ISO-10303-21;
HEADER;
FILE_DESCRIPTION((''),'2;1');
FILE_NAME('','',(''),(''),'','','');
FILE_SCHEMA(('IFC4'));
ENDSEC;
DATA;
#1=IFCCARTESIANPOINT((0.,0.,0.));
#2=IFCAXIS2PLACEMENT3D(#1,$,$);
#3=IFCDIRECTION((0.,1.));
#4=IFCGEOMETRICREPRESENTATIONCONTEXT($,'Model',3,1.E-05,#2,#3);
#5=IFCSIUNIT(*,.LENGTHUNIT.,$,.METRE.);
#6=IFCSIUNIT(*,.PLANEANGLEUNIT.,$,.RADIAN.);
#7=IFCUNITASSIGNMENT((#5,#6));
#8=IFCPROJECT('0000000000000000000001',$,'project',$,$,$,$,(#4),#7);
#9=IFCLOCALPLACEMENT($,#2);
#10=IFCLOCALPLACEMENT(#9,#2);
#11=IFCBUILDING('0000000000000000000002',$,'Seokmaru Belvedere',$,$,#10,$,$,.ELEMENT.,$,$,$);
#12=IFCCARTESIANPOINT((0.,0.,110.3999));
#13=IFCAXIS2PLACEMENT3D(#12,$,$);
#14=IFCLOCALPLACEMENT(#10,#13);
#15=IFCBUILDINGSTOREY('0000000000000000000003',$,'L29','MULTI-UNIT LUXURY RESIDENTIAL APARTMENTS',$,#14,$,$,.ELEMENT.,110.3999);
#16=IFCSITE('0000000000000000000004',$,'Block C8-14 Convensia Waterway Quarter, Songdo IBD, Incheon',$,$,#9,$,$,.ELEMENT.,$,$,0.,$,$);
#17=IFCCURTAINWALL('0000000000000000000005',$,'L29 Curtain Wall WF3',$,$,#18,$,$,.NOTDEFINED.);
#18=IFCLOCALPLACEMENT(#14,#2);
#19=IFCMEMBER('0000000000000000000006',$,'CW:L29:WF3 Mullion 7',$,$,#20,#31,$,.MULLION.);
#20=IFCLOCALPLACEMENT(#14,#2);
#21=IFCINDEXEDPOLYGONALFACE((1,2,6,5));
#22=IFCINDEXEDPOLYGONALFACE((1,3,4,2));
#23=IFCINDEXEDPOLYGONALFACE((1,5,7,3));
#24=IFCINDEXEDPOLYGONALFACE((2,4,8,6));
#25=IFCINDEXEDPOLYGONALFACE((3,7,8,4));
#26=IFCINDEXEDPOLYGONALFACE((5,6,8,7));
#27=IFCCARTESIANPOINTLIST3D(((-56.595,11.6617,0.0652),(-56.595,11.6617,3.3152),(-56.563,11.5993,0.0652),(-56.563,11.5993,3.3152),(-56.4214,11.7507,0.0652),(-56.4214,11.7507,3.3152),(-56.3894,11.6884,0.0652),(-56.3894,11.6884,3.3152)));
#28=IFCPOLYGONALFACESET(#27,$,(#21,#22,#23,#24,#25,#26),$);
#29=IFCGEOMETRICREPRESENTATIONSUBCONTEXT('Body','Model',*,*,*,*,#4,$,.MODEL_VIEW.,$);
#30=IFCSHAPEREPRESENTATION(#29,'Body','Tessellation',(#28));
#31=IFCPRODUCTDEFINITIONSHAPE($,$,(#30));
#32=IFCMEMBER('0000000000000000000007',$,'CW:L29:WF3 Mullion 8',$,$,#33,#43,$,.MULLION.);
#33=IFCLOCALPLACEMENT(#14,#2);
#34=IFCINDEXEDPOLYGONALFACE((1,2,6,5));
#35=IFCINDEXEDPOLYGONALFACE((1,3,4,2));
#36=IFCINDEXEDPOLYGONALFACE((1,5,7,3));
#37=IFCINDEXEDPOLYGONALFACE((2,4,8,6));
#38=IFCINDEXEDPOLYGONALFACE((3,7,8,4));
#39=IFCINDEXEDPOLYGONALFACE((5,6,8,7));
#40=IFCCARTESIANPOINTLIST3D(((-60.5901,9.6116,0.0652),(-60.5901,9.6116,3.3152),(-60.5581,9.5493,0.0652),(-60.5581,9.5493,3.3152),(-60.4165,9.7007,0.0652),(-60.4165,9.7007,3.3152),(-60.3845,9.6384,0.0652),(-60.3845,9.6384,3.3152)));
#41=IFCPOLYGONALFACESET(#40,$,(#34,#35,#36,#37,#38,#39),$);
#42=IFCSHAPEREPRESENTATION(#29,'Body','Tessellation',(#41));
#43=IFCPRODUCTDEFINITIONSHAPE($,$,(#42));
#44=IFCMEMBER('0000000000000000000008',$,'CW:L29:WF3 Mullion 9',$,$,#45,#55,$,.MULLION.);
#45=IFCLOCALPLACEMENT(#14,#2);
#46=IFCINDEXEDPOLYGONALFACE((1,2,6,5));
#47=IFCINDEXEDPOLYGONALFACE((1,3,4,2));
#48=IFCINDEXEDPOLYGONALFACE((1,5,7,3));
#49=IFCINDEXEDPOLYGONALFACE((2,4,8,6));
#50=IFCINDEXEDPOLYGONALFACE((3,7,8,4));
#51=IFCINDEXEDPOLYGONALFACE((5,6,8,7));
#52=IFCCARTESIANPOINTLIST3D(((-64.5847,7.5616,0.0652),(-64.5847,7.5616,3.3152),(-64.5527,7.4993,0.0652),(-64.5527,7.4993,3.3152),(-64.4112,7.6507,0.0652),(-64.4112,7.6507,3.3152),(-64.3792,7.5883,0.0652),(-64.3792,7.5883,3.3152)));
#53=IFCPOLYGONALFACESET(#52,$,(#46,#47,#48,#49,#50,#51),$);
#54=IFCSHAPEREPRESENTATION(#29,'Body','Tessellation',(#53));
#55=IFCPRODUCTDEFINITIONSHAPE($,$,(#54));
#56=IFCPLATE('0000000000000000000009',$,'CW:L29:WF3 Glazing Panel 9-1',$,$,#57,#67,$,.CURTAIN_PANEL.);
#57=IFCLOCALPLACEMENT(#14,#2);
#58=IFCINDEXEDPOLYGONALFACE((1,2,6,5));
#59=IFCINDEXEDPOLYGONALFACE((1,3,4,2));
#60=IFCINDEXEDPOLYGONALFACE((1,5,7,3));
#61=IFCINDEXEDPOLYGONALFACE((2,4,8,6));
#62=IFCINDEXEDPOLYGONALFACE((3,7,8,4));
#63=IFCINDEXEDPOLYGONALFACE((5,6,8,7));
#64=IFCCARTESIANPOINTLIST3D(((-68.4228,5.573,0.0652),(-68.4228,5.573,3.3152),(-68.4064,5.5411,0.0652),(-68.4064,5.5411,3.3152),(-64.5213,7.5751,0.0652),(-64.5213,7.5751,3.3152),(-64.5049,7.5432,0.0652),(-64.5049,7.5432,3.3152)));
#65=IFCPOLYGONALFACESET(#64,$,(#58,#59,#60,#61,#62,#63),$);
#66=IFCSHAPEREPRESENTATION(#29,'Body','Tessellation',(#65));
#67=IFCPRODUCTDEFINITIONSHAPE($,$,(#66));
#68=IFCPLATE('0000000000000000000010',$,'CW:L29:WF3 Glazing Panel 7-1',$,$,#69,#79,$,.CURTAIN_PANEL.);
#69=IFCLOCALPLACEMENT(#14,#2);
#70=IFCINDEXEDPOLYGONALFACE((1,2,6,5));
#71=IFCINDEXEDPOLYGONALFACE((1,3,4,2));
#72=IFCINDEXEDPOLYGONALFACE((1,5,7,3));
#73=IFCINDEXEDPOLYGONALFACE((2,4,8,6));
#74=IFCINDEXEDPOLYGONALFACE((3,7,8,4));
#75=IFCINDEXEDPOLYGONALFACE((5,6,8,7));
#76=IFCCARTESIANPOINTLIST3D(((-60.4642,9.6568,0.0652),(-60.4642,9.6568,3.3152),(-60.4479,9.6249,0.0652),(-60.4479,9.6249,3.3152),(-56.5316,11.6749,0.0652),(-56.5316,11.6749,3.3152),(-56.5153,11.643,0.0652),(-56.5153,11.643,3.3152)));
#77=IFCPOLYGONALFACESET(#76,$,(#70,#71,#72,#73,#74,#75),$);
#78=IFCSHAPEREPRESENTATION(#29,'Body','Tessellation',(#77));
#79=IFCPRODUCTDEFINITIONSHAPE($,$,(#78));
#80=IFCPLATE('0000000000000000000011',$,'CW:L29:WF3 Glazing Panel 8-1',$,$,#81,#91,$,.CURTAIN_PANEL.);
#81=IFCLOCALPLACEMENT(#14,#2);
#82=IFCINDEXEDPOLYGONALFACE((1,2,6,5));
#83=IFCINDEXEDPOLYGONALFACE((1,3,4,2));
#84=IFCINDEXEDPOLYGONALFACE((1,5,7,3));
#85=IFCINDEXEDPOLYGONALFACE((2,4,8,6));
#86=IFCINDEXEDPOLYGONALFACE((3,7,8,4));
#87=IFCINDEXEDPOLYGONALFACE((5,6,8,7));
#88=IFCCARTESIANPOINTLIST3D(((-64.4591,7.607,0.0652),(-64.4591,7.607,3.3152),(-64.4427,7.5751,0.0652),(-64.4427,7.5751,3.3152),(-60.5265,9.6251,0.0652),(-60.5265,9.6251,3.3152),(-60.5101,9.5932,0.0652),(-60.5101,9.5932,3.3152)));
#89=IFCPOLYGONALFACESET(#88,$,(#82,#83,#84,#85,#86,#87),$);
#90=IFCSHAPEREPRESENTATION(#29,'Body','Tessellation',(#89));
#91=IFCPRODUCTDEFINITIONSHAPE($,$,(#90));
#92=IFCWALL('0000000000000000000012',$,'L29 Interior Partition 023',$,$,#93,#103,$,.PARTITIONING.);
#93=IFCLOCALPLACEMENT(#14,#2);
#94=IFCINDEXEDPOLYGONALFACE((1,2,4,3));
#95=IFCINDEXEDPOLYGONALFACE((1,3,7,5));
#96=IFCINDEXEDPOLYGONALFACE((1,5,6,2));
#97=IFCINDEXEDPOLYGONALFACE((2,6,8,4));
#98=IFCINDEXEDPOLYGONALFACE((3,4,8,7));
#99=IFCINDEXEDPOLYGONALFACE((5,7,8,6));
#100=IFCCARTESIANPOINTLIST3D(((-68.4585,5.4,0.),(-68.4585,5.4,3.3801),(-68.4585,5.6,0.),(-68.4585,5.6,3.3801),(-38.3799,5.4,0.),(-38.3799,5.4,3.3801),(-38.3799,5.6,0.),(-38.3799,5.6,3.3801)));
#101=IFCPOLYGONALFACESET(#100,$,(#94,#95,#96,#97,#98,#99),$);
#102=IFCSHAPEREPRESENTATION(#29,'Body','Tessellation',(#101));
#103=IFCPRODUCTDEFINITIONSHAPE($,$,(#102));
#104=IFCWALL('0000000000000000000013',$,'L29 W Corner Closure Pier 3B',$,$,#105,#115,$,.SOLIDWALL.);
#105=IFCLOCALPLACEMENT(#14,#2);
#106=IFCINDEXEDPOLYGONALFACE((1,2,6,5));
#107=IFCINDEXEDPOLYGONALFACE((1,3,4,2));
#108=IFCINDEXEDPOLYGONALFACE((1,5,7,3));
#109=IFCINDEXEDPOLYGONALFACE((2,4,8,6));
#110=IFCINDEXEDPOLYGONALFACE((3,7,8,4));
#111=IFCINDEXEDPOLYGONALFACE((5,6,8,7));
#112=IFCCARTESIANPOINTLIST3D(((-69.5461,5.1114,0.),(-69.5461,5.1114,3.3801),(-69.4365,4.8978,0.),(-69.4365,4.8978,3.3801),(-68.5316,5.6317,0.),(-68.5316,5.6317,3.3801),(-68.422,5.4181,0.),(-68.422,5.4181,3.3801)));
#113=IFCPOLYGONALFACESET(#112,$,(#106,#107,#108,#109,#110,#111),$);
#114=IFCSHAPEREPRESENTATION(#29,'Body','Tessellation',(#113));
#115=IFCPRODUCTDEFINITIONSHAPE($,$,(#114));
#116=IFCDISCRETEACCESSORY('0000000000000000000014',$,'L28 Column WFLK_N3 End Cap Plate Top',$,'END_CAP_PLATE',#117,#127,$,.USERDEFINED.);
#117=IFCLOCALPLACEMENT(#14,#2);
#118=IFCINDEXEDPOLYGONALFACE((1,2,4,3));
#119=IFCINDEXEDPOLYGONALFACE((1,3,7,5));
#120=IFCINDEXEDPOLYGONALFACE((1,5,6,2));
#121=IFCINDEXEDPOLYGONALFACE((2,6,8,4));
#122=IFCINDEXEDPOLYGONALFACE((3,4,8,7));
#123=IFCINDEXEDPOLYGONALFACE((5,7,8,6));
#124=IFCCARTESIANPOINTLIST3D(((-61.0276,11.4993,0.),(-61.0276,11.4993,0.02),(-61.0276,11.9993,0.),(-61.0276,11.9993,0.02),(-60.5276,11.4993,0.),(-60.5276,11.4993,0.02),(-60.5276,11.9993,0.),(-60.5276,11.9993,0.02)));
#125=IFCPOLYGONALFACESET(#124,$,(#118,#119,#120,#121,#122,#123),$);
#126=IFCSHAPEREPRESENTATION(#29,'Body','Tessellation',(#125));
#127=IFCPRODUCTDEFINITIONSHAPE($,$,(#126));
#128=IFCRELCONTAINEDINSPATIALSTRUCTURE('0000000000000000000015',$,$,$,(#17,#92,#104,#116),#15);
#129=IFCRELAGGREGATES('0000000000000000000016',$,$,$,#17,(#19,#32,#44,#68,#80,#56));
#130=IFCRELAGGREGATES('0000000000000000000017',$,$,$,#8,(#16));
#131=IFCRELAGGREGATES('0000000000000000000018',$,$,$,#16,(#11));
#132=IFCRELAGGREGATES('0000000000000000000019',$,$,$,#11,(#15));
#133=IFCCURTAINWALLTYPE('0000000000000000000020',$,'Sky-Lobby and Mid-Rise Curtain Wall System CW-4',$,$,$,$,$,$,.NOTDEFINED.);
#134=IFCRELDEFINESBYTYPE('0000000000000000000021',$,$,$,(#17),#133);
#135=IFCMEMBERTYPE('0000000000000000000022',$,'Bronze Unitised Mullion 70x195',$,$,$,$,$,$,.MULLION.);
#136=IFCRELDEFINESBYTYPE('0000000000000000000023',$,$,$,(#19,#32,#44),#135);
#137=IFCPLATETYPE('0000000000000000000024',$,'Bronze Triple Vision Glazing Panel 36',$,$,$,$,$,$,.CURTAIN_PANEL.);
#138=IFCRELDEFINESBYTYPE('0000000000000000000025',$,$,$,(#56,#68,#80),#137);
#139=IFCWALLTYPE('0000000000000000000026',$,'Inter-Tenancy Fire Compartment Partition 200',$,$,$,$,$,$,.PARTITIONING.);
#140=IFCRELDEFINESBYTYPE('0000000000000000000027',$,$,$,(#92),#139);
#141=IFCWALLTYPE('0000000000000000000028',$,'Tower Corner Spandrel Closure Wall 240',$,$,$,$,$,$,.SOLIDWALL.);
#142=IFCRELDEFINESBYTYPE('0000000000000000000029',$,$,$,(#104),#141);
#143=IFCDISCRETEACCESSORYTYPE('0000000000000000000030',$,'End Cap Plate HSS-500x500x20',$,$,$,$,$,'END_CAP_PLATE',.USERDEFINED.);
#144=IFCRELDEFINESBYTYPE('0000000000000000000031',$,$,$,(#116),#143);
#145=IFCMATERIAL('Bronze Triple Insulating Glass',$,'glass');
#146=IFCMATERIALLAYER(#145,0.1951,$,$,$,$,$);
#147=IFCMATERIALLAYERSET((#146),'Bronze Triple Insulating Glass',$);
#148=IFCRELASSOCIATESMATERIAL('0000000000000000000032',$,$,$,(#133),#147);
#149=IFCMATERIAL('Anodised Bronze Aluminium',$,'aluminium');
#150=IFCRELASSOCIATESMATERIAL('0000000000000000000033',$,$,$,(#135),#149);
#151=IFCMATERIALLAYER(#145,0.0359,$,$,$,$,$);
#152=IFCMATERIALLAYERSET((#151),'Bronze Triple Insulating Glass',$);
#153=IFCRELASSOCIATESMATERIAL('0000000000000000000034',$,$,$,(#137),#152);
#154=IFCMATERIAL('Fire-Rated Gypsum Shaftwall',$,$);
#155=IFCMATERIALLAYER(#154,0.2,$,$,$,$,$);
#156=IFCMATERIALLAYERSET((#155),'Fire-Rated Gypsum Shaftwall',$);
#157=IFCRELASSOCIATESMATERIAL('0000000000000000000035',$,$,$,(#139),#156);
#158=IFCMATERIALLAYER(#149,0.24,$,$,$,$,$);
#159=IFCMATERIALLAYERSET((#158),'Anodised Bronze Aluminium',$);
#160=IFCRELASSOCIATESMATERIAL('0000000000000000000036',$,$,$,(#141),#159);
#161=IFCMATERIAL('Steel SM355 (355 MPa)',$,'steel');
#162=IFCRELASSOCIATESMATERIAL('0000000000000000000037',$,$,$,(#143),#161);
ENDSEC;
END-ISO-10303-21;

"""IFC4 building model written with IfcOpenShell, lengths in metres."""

from ifc_helpers import new_model, si_unit, direction, frame, frame_2d, origin, origin_2d, place, context, subcontext, project, spatial, rectangle, extrude, source, transform, mapped, material, layer, layer_set, material_profile, profile_set, type_object, type_shapes, element, aggregate, save


model = new_model("IFC4")

# Units and contexts
model_context = context("Model", 3, precision=1e-05, world=origin(), true_north=direction((0.0, 1.0)))
body_context = subcontext(model_context, "Body", "Model", "MODEL_VIEW")
ifc_project = project(units=[si_unit("LENGTHUNIT", "METRE"), si_unit("PLANEANGLEUNIT", "RADIAN")], contexts=[model_context])

# Site, building, storey
site_placement = place(None, origin())
site = spatial("IfcSite", under=ifc_project, at=site_placement, Name="Block C8-14 Convensia Waterway Quarter, Songdo IBD, Incheon", CompositionType="ELEMENT", RefElevation=0.0)
building_placement = place(site_placement, origin())
building = spatial("IfcBuilding", under=site, at=building_placement, Name="Seokmaru Belvedere", CompositionType="ELEMENT")
storey_placement = place(building_placement, frame((0.0, 0.0, 110.3999)))
storey = spatial("IfcBuildingStorey", under=building, at=storey_placement, Name="L29", Description="MULTI-UNIT LUXURY RESIDENTIAL APARTMENTS", CompositionType="ELEMENT", Elevation=110.3999)

# Shared definitions
ifc_material_1 = material(Name="Steel SM355 (355 MPa)", Category="steel")

# Curtain wall, members, plates
ifc_material_2 = material(Name="Bronze Triple Insulating Glass", Category="glass")
ifc_layer_1 = layer(ifc_material_2, 0.1951)
ifc_layer_set_1 = layer_set([ifc_layer_1], Name="Bronze Triple Insulating Glass")
curtain_wall_type = type_object("IfcCurtainWallType", Name="Sky-Lobby and Mid-Rise Curtain Wall System CW-4", PredefinedType="NOTDEFINED", material=ifc_layer_set_1)
curtain_wall_placement = place(storey_placement, origin())
curtain_wall = element("IfcCurtainWall", 1, at=curtain_wall_placement, inside=storey, type_object=curtain_wall_type, Name="L29 Curtain Wall WF3", PredefinedType="NOTDEFINED")
ifc_material_3 = material(Name="Anodised Bronze Aluminium", Category="aluminium")
ifc_material_profile_1 = material_profile(ifc_material_3, rectangle(XDim=0.0701, YDim=0.1951, at=origin_2d()), Name="CW-M-70x195")
ifc_profile_set_1 = profile_set([ifc_material_profile_1], Name="Anodised Bronze Aluminium")
member_type = type_object("IfcMemberType", Name="Bronze Unitised Mullion 70x195", PredefinedType="MULLION", material=ifc_profile_set_1)
shared_shape_1 = source(origin(), body_context, "Body", "SweptSolid", [
    extrude(rectangle(XDim=0.0701, YDim=0.1951, at=origin_2d()), origin(), (0.0, 0.0, 1.0), 3.25),
])
member_1_placement = place(storey_placement, frame((-56.4922, 11.675, 0.0652), z_axis=(0.0, 0.0, 1.0), x_axis=(0.456555, -0.889695, 0.0)))
member_1 = element("IfcMember", 2, at=member_1_placement, type_object=member_type, Name="CW:L29:WF3 Mullion 7", PredefinedType="MULLION", context=body_context, shape_type="MappedRepresentation", body=[
    mapped(shared_shape_1, transform((0.0, 0.0, 0.0), scale=1.0)),
])
member_2_placement = place(storey_placement, frame((-60.4873, 9.625, 0.0652), z_axis=(0.0, 0.0, 1.0), x_axis=(0.456555, -0.889695, 0.0)))
member_2 = element("IfcMember", 3, at=member_2_placement, type_object=member_type, Name="CW:L29:WF3 Mullion 8", PredefinedType="MULLION", context=body_context, shape_type="MappedRepresentation", body=[
    mapped(shared_shape_1, transform((0.0, 0.0, 0.0), scale=1.0)),
])
member_3_placement = place(storey_placement, frame((-64.4819, 7.575, 0.0652), z_axis=(0.0, 0.0, 1.0), x_axis=(0.456555, -0.889695, 0.0)))
member_3 = element("IfcMember", 4, at=member_3_placement, type_object=member_type, Name="CW:L29:WF3 Mullion 9", PredefinedType="MULLION", context=body_context, shape_type="MappedRepresentation", body=[
    mapped(shared_shape_1, transform((0.0, 0.0, 0.0), scale=1.0)),
])
ifc_layer_2 = layer(ifc_material_2, 0.0359)
ifc_layer_set_2 = layer_set([ifc_layer_2], Name="Bronze Triple Insulating Glass")
plate_type = type_object("IfcPlateType", Name="Bronze Triple Vision Glazing Panel 36", PredefinedType="CURTAIN_PANEL", material=ifc_layer_set_2)
shared_shape_2 = source(origin(), body_context, "Body", "SweptSolid", [
    extrude(rectangle(XDim=4.3853, YDim=0.0359, at=origin_2d()), origin(), (0.0, 0.0, 1.0), 3.25),
])
plate_1_placement = place(storey_placement, frame((-66.4639, 6.5581, 0.0652), z_axis=(0.0, 0.0, 1.0), x_axis=(-0.889695, -0.456555, 0.0)))
plate_1 = element("IfcPlate", 5, at=plate_1_placement, type_object=plate_type, Name="CW:L29:WF3 Glazing Panel 9-1", PredefinedType="CURTAIN_PANEL", context=body_context, shape_type="MappedRepresentation", body=[
    mapped(shared_shape_2, transform((0.0, 0.0, 0.0), scale=1.0)),
])
shared_shape_3 = source(origin(), body_context, "Body", "SweptSolid", [
    extrude(rectangle(XDim=4.4202, YDim=0.0359, at=origin_2d()), origin(), (0.0, 0.0, 1.0), 3.25),
])
type_shapes(plate_type, [shared_shape_2, shared_shape_3])
plate_2_placement = place(storey_placement, frame((-58.4897, 10.6499, 0.0652), z_axis=(0.0, 0.0, 1.0), x_axis=(-0.889695, -0.456555, 0.0)))
plate_2 = element("IfcPlate", 6, at=plate_2_placement, type_object=plate_type, Name="CW:L29:WF3 Glazing Panel 7-1", PredefinedType="CURTAIN_PANEL", context=body_context, shape_type="MappedRepresentation", body=[
    mapped(shared_shape_3, transform((0.0, 0.0, 0.0), scale=1.0)),
])
plate_3_placement = place(storey_placement, frame((-62.4846, 8.6001, 0.0652), z_axis=(0.0, 0.0, 1.0), x_axis=(-0.889695, -0.456555, 0.0)))
plate_3 = element("IfcPlate", 7, at=plate_3_placement, type_object=plate_type, Name="CW:L29:WF3 Glazing Panel 8-1", PredefinedType="CURTAIN_PANEL", context=body_context, shape_type="MappedRepresentation", body=[
    mapped(shared_shape_3, transform((0.0, 0.0, 0.0), scale=1.0)),
])
aggregate(curtain_wall, [member_1, member_2, member_3, plate_2, plate_3, plate_1])

# Walls
ifc_material_4 = material(Name="Fire-Rated Gypsum Shaftwall")
ifc_layer_3 = layer(ifc_material_4, 0.2)
ifc_layer_set_3 = layer_set([ifc_layer_3], Name="Fire-Rated Gypsum Shaftwall")
wall_type_1 = type_object("IfcWallType", Name="Inter-Tenancy Fire Compartment Partition 200", PredefinedType="PARTITIONING", material=ifc_layer_set_3)
wall_1_placement = place(storey_placement, frame((-68.4585, 5.5, 0.0), z_axis=(0.0, 0.0, 1.0), x_axis=(1.0, 0.0, 0.0)))
element("IfcWall", 8, at=wall_1_placement, inside=storey, type_object=wall_type_1, Name="L29 Interior Partition 023", PredefinedType="PARTITIONING", context=body_context, shape_type="SweptSolid", body=[
    extrude(rectangle(XDim=30.0786, YDim=0.2, at=frame_2d((15.0393, 0.0))), origin(), (0.0, 0.0, 1.0), 3.3801),
])
ifc_layer_4 = layer(ifc_material_3, 0.24)
ifc_layer_set_4 = layer_set([ifc_layer_4], Name="Anodised Bronze Aluminium")
wall_type_2 = type_object("IfcWallType", Name="Tower Corner Spandrel Closure Wall 240", PredefinedType="SOLIDWALL", material=ifc_layer_set_4)
wall_2_placement = place(storey_placement, frame((-68.4768, 5.5249, 0.0), z_axis=(0.0, 0.0, 1.0), x_axis=(-0.889797, -0.456356, 0.0)))
element("IfcWall", 9, at=wall_2_placement, inside=storey, type_object=wall_type_2, Name="L29 W Corner Closure Pier 3B", PredefinedType="SOLIDWALL", context=body_context, shape_type="SweptSolid", body=[
    extrude(rectangle(XDim=1.1401, YDim=0.24, at=frame_2d((0.5701, 0.0))), origin(), (0.0, 0.0, 1.0), 3.3801),
])

# Discrete accessory
discrete_accessory_type = type_object("IfcDiscreteAccessoryType", Name="End Cap Plate HSS-500x500x20", ElementType="END_CAP_PLATE", PredefinedType="USERDEFINED", material=ifc_material_1)
shared_shape_4 = source(origin(), body_context, "Body", "SweptSolid", [
    extrude(rectangle(XDim=0.5, YDim=0.5, at=origin_2d()), origin(), (0.0, 0.0, 1.0), 0.02),
])
type_shapes(discrete_accessory_type, [shared_shape_4])
discrete_accessory_placement = place(storey_placement, frame((-60.7776, 11.7493, 0.0), z_axis=(0.0, 0.0, 1.0), x_axis=(1.0, 0.0, 0.0)))
element("IfcDiscreteAccessory", 10, at=discrete_accessory_placement, inside=storey, type_object=discrete_accessory_type, Name="L28 Column WFLK_N3 End Cap Plate Top", ObjectType="END_CAP_PLATE", PredefinedType="USERDEFINED", context=body_context, shape_type="MappedRepresentation", body=[
    mapped(shared_shape_4, transform((0.0, 0.0, 0.0), scale=1.0)),
])

save(model, "model.ifc")
